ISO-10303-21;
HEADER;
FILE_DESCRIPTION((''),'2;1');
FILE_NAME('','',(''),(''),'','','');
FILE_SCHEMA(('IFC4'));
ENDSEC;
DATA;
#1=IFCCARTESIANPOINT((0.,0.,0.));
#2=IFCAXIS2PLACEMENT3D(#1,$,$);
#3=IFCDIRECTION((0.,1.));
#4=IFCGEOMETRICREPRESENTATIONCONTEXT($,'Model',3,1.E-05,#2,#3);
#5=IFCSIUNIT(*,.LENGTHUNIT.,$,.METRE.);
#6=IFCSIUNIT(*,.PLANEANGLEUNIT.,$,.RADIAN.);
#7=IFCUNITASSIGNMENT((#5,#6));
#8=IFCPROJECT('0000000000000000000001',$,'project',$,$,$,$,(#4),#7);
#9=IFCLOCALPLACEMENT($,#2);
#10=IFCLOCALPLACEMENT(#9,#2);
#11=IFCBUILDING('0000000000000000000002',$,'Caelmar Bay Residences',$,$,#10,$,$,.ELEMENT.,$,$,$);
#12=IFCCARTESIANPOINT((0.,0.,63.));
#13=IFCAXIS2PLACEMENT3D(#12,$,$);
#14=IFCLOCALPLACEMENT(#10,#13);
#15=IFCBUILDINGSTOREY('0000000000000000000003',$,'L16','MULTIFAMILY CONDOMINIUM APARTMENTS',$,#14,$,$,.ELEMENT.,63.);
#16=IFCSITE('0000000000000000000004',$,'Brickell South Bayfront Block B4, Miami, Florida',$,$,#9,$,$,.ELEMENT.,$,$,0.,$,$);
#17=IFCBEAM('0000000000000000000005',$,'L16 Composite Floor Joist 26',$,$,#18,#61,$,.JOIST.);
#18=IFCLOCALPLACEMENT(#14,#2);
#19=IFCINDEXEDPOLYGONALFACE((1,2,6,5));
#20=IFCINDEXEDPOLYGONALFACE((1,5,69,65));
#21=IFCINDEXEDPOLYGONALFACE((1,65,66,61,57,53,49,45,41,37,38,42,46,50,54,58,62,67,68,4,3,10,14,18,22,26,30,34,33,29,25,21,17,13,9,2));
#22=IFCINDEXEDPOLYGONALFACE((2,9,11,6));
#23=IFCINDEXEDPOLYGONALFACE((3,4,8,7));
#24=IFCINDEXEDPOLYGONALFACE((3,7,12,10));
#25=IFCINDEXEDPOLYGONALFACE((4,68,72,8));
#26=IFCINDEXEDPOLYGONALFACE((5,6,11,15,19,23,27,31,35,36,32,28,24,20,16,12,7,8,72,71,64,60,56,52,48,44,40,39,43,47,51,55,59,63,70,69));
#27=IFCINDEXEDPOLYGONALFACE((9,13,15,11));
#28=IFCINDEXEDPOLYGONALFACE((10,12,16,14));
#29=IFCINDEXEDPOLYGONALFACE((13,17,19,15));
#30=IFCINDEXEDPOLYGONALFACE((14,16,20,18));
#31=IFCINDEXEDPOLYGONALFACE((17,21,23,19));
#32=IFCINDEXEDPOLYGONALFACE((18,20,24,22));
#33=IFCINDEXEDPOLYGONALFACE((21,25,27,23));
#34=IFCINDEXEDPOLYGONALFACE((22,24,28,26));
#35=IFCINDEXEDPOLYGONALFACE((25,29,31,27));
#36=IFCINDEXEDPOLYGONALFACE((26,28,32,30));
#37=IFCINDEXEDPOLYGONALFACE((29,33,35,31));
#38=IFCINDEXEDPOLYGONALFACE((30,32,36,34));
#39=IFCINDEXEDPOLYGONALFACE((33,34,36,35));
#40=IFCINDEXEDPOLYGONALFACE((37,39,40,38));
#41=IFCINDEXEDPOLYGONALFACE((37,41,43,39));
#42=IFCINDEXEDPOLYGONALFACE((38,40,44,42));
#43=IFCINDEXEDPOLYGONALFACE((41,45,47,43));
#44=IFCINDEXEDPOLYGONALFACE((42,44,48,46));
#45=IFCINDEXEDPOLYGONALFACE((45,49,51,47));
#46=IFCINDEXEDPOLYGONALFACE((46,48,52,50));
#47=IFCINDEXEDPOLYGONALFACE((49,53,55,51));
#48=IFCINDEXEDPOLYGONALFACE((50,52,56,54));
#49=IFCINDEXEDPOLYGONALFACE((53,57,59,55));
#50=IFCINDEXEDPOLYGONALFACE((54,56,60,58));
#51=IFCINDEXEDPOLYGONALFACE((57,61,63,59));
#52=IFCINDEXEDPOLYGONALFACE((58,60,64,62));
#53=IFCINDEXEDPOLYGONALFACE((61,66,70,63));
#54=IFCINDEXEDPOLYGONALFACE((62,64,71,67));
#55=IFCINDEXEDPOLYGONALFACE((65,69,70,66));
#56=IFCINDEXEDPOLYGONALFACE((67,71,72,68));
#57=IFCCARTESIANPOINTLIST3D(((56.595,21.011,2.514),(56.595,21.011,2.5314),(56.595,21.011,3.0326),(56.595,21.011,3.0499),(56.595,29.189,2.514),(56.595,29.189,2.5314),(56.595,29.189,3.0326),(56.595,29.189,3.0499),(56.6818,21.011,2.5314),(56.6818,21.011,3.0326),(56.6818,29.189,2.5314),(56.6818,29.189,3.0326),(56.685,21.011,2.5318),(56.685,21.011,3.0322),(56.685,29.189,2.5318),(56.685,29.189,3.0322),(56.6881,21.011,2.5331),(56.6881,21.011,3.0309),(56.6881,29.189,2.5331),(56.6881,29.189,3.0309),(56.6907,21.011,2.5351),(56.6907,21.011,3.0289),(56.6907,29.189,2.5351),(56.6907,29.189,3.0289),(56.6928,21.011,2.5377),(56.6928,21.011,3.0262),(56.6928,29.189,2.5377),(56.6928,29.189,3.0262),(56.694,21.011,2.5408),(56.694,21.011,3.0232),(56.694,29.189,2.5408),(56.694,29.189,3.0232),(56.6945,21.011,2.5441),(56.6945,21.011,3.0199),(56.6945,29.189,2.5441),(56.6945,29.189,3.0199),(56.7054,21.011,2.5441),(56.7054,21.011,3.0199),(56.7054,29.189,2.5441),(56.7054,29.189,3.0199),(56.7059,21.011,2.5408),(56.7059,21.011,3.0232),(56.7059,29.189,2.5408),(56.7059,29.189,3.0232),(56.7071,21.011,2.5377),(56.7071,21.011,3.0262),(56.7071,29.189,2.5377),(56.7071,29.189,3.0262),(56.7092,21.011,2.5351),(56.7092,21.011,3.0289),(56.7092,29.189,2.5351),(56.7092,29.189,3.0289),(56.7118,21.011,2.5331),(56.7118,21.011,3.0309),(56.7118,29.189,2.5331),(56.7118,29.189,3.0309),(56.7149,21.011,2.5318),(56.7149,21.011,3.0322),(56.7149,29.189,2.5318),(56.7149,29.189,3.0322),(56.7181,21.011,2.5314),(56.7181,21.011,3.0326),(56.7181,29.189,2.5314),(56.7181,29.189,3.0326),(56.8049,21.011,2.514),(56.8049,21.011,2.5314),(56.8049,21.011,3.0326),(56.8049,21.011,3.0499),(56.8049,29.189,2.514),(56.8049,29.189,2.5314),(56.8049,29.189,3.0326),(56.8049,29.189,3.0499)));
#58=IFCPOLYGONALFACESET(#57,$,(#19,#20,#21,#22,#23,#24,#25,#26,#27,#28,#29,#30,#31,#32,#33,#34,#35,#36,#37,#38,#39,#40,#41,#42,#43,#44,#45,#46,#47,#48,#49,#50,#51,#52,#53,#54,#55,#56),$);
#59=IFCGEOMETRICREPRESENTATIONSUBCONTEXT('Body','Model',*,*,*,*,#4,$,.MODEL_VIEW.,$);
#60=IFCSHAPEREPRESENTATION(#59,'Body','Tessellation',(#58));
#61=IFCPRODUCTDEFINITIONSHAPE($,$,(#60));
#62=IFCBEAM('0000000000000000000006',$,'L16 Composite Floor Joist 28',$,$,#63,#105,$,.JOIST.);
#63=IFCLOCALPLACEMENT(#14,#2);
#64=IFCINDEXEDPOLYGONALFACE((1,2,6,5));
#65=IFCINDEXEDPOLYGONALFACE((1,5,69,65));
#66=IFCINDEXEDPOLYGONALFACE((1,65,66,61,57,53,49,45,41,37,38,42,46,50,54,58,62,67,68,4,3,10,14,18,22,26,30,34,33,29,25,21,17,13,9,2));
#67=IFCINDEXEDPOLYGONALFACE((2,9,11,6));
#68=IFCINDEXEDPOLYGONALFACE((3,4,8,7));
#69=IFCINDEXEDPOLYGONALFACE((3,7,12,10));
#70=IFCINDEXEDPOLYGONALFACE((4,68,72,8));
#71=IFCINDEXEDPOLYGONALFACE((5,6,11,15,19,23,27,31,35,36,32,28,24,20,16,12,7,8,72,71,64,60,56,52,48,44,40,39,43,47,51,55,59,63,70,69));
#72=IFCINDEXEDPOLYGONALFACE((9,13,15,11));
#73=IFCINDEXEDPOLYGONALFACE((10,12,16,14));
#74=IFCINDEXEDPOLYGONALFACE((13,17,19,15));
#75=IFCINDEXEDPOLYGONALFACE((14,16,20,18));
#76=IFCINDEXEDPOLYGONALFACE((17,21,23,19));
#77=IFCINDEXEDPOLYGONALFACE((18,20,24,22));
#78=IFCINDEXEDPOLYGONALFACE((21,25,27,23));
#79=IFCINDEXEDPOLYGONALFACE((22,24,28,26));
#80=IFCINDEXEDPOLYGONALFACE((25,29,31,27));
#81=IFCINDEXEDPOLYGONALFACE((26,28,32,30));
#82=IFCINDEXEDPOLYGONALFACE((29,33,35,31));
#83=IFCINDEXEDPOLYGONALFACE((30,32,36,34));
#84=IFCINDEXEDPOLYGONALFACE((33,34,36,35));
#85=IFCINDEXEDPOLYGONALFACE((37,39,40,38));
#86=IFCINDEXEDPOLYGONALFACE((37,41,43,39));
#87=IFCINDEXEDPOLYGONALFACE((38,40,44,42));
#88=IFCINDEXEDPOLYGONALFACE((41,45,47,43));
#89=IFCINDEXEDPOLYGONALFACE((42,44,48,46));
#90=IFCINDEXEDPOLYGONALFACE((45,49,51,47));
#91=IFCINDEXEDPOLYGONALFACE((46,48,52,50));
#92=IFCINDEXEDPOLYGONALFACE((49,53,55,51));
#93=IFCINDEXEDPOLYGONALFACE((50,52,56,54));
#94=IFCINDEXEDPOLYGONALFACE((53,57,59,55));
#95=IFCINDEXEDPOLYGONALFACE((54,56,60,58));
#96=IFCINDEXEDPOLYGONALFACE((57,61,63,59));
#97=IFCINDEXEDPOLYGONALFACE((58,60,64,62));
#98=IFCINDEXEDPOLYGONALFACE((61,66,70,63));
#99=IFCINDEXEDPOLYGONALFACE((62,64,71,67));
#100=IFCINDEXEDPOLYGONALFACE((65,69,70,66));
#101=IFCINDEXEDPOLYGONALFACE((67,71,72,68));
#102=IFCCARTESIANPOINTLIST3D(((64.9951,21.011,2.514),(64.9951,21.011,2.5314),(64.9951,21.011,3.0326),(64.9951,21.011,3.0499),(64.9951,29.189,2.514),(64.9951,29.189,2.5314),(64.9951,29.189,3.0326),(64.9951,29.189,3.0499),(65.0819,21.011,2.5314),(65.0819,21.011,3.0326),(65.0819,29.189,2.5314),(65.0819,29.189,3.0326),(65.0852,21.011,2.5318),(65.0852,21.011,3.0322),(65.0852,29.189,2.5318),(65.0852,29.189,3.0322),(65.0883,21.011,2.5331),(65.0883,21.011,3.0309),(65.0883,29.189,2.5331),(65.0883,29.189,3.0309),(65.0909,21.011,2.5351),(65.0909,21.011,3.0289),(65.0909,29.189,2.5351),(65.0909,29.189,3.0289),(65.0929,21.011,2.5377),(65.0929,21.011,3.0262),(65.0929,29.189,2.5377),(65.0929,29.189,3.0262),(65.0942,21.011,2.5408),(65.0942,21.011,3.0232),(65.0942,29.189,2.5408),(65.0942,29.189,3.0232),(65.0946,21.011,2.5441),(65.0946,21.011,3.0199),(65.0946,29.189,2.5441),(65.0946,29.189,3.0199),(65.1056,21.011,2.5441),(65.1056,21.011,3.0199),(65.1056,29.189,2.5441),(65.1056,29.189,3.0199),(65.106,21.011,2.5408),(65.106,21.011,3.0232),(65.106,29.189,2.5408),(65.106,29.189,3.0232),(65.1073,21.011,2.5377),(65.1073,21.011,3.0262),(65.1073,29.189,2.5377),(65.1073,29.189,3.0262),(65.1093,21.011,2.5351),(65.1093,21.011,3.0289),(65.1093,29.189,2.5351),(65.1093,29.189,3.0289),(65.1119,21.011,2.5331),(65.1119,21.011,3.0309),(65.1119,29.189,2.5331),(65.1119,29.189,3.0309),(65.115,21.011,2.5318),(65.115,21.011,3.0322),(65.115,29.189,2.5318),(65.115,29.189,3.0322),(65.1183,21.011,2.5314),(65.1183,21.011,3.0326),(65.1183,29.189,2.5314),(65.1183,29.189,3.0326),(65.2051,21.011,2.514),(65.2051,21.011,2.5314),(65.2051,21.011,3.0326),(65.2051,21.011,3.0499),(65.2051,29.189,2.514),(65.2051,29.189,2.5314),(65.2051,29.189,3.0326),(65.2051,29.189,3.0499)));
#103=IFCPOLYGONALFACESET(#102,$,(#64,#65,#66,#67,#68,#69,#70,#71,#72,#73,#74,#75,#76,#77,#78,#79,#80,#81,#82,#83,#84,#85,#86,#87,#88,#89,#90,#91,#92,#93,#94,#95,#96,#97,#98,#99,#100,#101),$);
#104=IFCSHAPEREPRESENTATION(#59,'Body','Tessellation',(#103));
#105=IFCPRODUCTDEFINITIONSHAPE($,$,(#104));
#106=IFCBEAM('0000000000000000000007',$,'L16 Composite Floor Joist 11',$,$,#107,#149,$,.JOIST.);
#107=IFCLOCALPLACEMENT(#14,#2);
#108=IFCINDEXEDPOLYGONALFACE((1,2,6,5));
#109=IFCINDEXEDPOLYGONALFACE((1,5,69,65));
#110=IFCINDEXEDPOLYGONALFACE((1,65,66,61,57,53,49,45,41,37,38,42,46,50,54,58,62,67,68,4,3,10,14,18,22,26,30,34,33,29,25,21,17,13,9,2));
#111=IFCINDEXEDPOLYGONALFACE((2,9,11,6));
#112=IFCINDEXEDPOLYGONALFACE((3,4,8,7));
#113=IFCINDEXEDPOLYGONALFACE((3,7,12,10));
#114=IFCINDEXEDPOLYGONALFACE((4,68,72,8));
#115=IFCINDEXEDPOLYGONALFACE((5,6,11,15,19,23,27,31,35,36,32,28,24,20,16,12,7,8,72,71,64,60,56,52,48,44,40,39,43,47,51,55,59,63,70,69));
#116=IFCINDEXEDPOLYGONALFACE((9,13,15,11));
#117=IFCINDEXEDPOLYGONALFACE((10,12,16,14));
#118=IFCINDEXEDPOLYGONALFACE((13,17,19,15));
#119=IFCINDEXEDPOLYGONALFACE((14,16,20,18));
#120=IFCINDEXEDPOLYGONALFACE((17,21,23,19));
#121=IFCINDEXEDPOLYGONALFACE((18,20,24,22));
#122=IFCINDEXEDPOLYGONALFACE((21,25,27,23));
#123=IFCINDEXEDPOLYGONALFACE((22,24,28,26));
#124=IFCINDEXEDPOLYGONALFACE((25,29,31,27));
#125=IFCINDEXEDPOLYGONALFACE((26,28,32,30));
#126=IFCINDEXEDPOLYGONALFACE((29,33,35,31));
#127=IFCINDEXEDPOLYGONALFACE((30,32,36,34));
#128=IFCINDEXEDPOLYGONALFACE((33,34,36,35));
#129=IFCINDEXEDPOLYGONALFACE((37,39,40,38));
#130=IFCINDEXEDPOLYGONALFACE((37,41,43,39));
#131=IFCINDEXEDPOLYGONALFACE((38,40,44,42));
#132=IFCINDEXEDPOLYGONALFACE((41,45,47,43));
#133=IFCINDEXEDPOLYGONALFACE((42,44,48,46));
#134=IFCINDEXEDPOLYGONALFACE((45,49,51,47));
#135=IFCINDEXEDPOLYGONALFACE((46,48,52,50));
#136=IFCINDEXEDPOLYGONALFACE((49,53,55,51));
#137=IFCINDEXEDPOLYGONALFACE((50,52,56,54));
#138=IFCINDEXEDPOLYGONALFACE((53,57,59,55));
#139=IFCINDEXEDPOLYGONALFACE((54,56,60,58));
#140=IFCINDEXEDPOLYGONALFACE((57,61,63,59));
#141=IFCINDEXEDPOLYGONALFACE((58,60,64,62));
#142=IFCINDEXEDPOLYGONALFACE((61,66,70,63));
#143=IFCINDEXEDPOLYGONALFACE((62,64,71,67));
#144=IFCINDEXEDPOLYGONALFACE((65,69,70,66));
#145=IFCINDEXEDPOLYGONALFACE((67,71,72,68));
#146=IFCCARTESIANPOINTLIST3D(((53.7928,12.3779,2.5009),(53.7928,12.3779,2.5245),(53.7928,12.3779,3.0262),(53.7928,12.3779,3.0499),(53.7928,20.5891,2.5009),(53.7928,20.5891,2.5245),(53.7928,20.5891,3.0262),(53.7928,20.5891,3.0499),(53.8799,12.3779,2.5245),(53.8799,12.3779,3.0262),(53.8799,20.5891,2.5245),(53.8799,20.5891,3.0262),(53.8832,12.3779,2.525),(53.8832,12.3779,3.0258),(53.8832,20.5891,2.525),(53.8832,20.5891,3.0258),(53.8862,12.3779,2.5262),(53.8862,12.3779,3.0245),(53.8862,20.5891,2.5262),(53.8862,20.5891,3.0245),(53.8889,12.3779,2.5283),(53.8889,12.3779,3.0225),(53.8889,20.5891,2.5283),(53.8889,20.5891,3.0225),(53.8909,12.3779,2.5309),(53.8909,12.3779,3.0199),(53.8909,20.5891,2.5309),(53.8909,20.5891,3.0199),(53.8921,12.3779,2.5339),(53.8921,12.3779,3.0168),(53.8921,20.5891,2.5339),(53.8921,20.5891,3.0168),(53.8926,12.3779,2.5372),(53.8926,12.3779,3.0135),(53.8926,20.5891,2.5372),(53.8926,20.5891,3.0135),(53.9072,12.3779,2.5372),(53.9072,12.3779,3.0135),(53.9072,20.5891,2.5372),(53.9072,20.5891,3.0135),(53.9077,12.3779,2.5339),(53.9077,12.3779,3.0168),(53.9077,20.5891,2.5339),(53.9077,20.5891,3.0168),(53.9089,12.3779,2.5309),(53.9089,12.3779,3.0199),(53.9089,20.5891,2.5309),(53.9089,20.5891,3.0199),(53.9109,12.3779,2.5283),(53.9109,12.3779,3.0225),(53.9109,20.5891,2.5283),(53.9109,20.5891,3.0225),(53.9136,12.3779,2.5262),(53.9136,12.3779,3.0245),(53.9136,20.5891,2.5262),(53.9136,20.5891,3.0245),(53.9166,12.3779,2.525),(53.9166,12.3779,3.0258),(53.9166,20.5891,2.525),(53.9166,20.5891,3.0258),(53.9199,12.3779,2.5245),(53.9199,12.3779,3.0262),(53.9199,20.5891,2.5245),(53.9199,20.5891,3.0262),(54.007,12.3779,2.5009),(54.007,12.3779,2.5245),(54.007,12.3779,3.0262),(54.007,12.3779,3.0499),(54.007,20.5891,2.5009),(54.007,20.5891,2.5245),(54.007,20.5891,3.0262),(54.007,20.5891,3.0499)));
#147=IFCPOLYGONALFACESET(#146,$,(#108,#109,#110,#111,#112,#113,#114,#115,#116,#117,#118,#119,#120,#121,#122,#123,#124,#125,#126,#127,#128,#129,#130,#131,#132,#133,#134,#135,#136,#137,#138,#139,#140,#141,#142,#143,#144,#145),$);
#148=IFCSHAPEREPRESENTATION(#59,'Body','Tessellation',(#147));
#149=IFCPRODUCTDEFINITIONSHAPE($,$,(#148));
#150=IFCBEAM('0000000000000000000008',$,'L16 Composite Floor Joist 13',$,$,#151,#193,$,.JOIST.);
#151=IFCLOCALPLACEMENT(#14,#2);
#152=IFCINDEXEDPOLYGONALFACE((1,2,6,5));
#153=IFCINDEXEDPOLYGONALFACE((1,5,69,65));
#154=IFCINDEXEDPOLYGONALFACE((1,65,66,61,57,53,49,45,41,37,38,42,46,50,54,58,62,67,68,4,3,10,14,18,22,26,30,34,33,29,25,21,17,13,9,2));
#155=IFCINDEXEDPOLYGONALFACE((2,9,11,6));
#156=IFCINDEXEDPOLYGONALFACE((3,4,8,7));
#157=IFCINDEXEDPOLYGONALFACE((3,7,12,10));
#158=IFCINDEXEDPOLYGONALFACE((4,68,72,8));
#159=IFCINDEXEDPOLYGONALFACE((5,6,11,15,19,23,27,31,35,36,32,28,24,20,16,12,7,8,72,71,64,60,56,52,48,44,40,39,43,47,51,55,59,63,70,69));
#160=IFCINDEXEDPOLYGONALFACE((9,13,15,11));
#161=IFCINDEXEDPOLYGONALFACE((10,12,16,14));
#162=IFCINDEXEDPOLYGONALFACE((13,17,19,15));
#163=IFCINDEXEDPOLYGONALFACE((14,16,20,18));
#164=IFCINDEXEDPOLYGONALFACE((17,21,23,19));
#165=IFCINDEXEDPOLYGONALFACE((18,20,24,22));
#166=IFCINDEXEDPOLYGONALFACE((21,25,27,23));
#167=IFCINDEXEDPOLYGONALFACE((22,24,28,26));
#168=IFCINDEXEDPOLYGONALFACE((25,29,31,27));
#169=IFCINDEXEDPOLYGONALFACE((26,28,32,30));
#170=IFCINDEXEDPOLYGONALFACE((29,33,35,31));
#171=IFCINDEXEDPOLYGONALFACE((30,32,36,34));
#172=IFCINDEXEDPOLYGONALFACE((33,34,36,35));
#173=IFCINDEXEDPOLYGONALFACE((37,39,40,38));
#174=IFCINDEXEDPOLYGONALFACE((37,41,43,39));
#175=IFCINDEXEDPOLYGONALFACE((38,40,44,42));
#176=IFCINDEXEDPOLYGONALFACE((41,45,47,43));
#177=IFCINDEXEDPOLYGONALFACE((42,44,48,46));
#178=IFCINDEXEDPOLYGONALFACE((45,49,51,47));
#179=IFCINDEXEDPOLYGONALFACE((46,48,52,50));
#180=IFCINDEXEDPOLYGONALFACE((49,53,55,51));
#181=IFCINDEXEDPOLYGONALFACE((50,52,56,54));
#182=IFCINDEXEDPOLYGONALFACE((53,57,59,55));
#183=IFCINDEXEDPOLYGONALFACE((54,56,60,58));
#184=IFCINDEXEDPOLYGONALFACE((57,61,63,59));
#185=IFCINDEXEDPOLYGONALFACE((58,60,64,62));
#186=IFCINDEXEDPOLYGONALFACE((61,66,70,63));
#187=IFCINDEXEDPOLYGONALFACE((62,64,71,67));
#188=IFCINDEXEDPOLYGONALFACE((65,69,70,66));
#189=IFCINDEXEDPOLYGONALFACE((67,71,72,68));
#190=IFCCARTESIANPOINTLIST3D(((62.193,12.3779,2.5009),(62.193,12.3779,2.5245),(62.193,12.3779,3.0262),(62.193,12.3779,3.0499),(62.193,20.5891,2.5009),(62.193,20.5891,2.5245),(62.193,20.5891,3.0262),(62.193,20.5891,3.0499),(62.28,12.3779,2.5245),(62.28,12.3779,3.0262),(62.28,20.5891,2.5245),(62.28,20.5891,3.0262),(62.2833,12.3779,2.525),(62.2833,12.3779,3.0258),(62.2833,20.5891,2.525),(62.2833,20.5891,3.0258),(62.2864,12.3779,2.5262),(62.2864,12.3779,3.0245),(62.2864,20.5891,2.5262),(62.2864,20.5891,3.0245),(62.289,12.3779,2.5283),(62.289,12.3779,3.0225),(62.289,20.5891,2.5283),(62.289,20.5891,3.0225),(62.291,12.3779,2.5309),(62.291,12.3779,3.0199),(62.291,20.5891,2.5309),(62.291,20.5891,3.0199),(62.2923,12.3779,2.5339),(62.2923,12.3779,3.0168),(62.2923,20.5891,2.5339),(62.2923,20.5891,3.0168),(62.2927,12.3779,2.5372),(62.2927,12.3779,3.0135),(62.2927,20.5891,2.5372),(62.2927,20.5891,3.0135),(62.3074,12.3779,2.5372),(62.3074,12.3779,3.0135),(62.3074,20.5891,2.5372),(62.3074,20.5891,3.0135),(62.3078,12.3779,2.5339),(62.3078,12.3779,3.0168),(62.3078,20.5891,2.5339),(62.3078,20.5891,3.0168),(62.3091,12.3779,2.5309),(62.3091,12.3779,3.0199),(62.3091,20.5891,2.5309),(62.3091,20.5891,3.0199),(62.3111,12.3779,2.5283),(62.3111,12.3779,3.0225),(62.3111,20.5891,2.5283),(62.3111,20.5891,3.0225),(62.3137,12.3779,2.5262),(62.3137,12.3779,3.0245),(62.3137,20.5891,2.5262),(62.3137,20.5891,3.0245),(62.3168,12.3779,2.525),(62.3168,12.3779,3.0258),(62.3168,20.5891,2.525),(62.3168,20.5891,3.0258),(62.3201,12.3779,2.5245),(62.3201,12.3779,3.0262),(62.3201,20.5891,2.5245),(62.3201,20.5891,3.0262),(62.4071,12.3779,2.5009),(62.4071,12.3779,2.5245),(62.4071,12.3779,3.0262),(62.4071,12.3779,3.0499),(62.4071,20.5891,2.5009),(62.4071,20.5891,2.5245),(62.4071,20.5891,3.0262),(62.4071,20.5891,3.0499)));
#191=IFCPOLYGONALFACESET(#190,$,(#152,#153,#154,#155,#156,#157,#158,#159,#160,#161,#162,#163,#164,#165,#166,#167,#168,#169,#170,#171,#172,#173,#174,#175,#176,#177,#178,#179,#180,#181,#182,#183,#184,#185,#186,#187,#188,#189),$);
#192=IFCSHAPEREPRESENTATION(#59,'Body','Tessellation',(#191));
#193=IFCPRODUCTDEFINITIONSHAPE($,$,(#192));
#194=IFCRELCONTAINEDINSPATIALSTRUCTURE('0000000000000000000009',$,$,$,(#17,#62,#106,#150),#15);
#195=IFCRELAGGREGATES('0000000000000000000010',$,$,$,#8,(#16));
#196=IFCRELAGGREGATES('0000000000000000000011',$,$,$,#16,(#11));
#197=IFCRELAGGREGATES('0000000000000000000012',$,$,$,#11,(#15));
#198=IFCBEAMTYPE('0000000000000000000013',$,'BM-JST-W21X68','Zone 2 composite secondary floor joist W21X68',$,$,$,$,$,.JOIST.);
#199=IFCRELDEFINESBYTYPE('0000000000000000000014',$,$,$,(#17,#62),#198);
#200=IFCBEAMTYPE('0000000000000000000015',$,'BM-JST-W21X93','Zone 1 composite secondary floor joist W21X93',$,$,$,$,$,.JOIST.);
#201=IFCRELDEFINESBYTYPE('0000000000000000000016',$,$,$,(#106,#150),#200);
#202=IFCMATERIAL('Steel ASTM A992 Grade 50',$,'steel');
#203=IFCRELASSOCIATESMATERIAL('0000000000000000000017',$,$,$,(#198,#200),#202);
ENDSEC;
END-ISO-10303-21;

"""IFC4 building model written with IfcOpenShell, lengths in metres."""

from ifc_helpers import new_model, si_unit, direction, frame, origin, origin_2d, place, context, subcontext, project, spatial, i_section, extrude, material, material_profile, profile_set, type_object, element, save


model = new_model("IFC4")

# Units and contexts
model_context = context("Model", 3, precision=1e-05, world=origin(), true_north=direction((0.0, 1.0)))
body_context = subcontext(model_context, "Body", "Model", "MODEL_VIEW")
ifc_project = project(units=[si_unit("LENGTHUNIT", "METRE"), si_unit("PLANEANGLEUNIT", "RADIAN")], contexts=[model_context])

# Site, building, storey
site_placement = place(None, origin())
site = spatial("IfcSite", under=ifc_project, at=site_placement, Name="Brickell South Bayfront Block B4, Miami, Florida", CompositionType="ELEMENT", RefElevation=0.0)
building_placement = place(site_placement, origin())
building = spatial("IfcBuilding", under=site, at=building_placement, Name="Caelmar Bay Residences", CompositionType="ELEMENT")
storey_placement = place(building_placement, frame((0.0, 0.0, 63.0)))
storey = spatial("IfcBuildingStorey", under=building, at=storey_placement, Name="L16", Description="MULTIFAMILY CONDOMINIUM APARTMENTS", CompositionType="ELEMENT", Elevation=63.0)

# Beams
ifc_material_1 = material(Name="Steel ASTM A992 Grade 50", Category="steel")
ifc_material_profile_1 = material_profile(ifc_material_1, i_section(OverallWidth=0.21, OverallDepth=0.5359, WebThickness=0.011, FlangeThickness=0.0173, FilletRadius=0.0127, at=origin_2d()), Name="W21X68")
ifc_profile_set_1 = profile_set([ifc_material_profile_1], Name="Steel ASTM A992 Grade 50")
beam_type_1 = type_object("IfcBeamType", Name="BM-JST-W21X68", Description="Zone 2 composite secondary floor joist W21X68", PredefinedType="JOIST", material=ifc_profile_set_1)
for number, where, z_axis, x_axis, name in (
    (1, (56.7, 21.011, 2.782), (0.0, 1.0, 0.0), (-1.0, 0.0, 0.0), "L16 Composite Floor Joist 26"),
    (2, (65.1001, 21.011, 2.782), (0.0, 1.0, 0.0), (-1.0, 0.0, 0.0), "L16 Composite Floor Joist 28"),
):
    element("IfcBeam", number, at=place(storey_placement, frame(where, z_axis=z_axis, x_axis=x_axis)), inside=storey, type_object=beam_type_1, Name=name, PredefinedType="JOIST", context=body_context, shape_type="SweptSolid", body=[
        extrude(i_section(OverallWidth=0.21, OverallDepth=0.5359, WebThickness=0.011, FlangeThickness=0.0173, FilletRadius=0.0127, at=origin_2d()), origin(), (0.0, 0.0, 1.0), 8.178),
    ])
ifc_material_profile_2 = material_profile(ifc_material_1, i_section(OverallWidth=0.2141, OverallDepth=0.5491, WebThickness=0.0146, FlangeThickness=0.0237, FilletRadius=0.0127, at=origin_2d()), Name="W21X93")
ifc_profile_set_2 = profile_set([ifc_material_profile_2], Name="Steel ASTM A992 Grade 50")
beam_type_2 = type_object("IfcBeamType", Name="BM-JST-W21X93", Description="Zone 1 composite secondary floor joist W21X93", PredefinedType="JOIST", material=ifc_profile_set_2)
for number, where, z_axis, x_axis, name in (
    (3, (53.8999, 12.3779, 2.7754), (0.0, 1.0, 0.0), (-1.0, 0.0, 0.0), "L16 Composite Floor Joist 11"),
    (4, (62.3, 12.3779, 2.7754), (0.0, 1.0, 0.0), (-1.0, 0.0, 0.0), "L16 Composite Floor Joist 13"),
):
    element("IfcBeam", number, at=place(storey_placement, frame(where, z_axis=z_axis, x_axis=x_axis)), inside=storey, type_object=beam_type_2, Name=name, PredefinedType="JOIST", context=body_context, shape_type="SweptSolid", body=[
        extrude(i_section(OverallWidth=0.2141, OverallDepth=0.5491, WebThickness=0.0146, FlangeThickness=0.0237, FilletRadius=0.0127, at=origin_2d()), origin(), (0.0, 0.0, 1.0), 8.2112),
    ])

save(model, "model.ifc")
